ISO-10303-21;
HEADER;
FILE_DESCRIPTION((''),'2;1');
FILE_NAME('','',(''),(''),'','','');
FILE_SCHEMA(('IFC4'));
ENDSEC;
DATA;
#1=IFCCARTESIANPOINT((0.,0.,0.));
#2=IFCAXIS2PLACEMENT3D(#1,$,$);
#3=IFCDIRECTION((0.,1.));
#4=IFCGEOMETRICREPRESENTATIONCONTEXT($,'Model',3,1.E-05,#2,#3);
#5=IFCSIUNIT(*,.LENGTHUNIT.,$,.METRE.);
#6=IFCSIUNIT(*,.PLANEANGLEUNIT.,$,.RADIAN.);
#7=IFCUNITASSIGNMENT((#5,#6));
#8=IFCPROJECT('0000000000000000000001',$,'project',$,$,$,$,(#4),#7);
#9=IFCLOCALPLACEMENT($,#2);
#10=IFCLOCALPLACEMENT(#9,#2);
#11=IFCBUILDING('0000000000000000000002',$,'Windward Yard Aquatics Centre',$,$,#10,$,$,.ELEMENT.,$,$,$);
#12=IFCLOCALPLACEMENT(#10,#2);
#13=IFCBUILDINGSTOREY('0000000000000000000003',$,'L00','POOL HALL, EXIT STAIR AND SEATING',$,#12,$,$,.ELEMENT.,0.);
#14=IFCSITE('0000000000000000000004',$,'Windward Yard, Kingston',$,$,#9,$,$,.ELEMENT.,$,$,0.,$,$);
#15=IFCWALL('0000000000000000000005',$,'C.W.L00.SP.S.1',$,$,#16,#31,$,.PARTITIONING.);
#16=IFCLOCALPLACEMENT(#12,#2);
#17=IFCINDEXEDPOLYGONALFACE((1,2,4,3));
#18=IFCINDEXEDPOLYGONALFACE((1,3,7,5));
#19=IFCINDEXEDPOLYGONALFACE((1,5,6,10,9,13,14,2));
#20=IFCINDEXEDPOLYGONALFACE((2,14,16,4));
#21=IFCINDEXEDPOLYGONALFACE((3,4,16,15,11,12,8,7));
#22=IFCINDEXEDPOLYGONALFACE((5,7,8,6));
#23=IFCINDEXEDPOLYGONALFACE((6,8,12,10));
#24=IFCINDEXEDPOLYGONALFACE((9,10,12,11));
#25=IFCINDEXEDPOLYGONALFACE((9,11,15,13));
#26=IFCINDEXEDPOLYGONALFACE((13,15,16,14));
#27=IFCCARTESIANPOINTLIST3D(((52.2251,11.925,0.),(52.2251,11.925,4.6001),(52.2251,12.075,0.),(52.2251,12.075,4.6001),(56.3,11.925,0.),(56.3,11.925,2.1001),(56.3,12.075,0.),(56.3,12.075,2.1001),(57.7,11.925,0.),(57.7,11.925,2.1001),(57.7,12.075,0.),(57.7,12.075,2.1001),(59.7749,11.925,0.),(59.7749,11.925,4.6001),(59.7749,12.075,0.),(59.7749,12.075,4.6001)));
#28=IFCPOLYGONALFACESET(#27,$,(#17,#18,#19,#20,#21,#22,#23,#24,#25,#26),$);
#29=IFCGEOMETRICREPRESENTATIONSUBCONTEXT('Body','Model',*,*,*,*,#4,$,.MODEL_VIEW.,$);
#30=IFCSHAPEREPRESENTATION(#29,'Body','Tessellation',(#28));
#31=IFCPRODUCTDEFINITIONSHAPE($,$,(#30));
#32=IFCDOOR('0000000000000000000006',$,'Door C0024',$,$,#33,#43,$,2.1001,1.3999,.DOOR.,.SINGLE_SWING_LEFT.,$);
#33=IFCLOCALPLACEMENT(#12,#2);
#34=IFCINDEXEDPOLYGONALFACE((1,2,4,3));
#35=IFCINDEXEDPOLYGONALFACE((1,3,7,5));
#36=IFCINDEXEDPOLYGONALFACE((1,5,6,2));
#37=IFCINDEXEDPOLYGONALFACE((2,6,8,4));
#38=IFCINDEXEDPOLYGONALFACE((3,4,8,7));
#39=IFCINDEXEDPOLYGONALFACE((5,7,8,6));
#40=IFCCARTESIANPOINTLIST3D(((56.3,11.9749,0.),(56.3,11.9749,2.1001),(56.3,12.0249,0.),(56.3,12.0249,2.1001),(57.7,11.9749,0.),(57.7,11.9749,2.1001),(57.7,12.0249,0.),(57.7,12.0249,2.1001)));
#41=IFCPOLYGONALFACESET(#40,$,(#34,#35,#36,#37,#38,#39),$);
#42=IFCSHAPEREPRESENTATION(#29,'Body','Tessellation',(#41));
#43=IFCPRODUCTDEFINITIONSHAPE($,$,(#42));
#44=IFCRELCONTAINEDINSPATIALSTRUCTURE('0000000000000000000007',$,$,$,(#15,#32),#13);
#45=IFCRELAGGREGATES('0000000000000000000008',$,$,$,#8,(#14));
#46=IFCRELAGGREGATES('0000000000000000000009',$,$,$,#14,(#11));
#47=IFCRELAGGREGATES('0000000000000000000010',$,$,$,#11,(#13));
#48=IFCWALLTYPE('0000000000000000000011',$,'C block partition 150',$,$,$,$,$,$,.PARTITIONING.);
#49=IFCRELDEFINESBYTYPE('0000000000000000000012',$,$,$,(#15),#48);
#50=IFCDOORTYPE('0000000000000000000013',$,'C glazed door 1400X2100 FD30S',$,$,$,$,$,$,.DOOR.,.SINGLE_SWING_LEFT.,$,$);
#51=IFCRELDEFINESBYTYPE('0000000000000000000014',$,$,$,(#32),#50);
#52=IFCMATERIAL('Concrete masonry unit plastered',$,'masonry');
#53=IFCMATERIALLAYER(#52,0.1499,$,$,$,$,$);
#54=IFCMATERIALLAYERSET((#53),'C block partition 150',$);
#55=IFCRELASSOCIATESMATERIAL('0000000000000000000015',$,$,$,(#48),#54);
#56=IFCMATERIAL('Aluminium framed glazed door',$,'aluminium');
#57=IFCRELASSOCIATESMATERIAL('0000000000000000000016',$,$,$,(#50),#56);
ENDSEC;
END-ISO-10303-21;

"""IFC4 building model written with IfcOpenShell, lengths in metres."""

from ifc_helpers import new_model, si_unit, direction, frame, frame_2d, origin, place, context, subcontext, project, spatial, rectangle, extrude, material, layer, layer_set, type_object, element, fill, save


model = new_model("IFC4")

# Units and contexts
model_context = context("Model", 3, precision=1e-05, world=origin(), true_north=direction((0.0, 1.0)))
body_context = subcontext(model_context, "Body", "Model", "MODEL_VIEW")
ifc_project = project(units=[si_unit("LENGTHUNIT", "METRE"), si_unit("PLANEANGLEUNIT", "RADIAN")], contexts=[model_context])

# Site, building, storey
site_placement = place(None, origin())
site = spatial("IfcSite", under=ifc_project, at=site_placement, Name="Windward Yard, Kingston", CompositionType="ELEMENT", RefElevation=0.0)
building_placement = place(site_placement, origin())
building = spatial("IfcBuilding", under=site, at=building_placement, Name="Windward Yard Aquatics Centre", CompositionType="ELEMENT")
storey_placement = place(building_placement, origin())
storey = spatial("IfcBuildingStorey", under=building, at=storey_placement, Name="L00", Description="POOL HALL, EXIT STAIR AND SEATING", CompositionType="ELEMENT", Elevation=0.0)

# Wall, opening, door
ifc_material_1 = material(Name="Concrete masonry unit plastered", Category="masonry")
ifc_layer_1 = layer(ifc_material_1, 0.1499)
ifc_layer_set_1 = layer_set([ifc_layer_1], Name="C block partition 150")
wall_type_1 = type_object("IfcWallType", Name="C block partition 150", PredefinedType="PARTITIONING", material=ifc_layer_set_1)
wall_1_placement = place(storey_placement, frame((52.2251, 12.0, 0.0), z_axis=(0.0, 0.0, 1.0), x_axis=(1.0, 0.0, 0.0)))
wall_1 = element("IfcWall", 1, at=wall_1_placement, inside=storey, type_object=wall_type_1, Name="C.W.L00.SP.S.1", PredefinedType="PARTITIONING", context=body_context, shape_type="SweptSolid", body=[
    extrude(rectangle(XDim=7.5498, YDim=0.1499, at=frame_2d((3.7749, 0.0))), origin(), (0.0, 0.0, 1.0), 4.6001),
])
opening_1_placement = place(wall_1_placement, frame((4.075, 0.0, 0.0)))
opening_1 = element("IfcOpeningElement", 2, at=opening_1_placement, cuts=wall_1, PredefinedType="OPENING", context=body_context, shape_type="SweptSolid", body=[
    extrude(rectangle(XDim=1.3999, YDim=2.1001, at=frame_2d((0.7, 1.05))), frame((0.0, 0.085, 0.0), z_axis=(0.0, -1.0, 0.0), x_axis=(1.0, 0.0, 0.0)), (0.0, 0.0, 1.0), 0.1699),
])
ifc_material_2 = material(Name="Aluminium framed glazed door", Category="aluminium")
door_type_1 = type_object("IfcDoorType", Name="C glazed door 1400X2100 FD30S", OperationType="SINGLE_SWING_LEFT", PredefinedType="DOOR", material=ifc_material_2)
door_1_placement = place(opening_1_placement, origin())
door_1 = element("IfcDoor", 3, at=door_1_placement, inside=storey, type_object=door_type_1, Name="Door C0024", OperationType="SINGLE_SWING_LEFT", OverallHeight=2.1001, OverallWidth=1.3999, PredefinedType="DOOR", context=body_context, shape_type="SweptSolid", body=[
    extrude(rectangle(XDim=1.3999, YDim=2.1001, at=frame_2d((0.7, 1.05))), frame((0.0, 0.0249, 0.0), z_axis=(0.0, -1.0, 0.0), x_axis=(1.0, 0.0, 0.0)), (0.0, 0.0, 1.0), 0.05),
])
fill(opening_1, door_1)

save(model, "model.ifc")
